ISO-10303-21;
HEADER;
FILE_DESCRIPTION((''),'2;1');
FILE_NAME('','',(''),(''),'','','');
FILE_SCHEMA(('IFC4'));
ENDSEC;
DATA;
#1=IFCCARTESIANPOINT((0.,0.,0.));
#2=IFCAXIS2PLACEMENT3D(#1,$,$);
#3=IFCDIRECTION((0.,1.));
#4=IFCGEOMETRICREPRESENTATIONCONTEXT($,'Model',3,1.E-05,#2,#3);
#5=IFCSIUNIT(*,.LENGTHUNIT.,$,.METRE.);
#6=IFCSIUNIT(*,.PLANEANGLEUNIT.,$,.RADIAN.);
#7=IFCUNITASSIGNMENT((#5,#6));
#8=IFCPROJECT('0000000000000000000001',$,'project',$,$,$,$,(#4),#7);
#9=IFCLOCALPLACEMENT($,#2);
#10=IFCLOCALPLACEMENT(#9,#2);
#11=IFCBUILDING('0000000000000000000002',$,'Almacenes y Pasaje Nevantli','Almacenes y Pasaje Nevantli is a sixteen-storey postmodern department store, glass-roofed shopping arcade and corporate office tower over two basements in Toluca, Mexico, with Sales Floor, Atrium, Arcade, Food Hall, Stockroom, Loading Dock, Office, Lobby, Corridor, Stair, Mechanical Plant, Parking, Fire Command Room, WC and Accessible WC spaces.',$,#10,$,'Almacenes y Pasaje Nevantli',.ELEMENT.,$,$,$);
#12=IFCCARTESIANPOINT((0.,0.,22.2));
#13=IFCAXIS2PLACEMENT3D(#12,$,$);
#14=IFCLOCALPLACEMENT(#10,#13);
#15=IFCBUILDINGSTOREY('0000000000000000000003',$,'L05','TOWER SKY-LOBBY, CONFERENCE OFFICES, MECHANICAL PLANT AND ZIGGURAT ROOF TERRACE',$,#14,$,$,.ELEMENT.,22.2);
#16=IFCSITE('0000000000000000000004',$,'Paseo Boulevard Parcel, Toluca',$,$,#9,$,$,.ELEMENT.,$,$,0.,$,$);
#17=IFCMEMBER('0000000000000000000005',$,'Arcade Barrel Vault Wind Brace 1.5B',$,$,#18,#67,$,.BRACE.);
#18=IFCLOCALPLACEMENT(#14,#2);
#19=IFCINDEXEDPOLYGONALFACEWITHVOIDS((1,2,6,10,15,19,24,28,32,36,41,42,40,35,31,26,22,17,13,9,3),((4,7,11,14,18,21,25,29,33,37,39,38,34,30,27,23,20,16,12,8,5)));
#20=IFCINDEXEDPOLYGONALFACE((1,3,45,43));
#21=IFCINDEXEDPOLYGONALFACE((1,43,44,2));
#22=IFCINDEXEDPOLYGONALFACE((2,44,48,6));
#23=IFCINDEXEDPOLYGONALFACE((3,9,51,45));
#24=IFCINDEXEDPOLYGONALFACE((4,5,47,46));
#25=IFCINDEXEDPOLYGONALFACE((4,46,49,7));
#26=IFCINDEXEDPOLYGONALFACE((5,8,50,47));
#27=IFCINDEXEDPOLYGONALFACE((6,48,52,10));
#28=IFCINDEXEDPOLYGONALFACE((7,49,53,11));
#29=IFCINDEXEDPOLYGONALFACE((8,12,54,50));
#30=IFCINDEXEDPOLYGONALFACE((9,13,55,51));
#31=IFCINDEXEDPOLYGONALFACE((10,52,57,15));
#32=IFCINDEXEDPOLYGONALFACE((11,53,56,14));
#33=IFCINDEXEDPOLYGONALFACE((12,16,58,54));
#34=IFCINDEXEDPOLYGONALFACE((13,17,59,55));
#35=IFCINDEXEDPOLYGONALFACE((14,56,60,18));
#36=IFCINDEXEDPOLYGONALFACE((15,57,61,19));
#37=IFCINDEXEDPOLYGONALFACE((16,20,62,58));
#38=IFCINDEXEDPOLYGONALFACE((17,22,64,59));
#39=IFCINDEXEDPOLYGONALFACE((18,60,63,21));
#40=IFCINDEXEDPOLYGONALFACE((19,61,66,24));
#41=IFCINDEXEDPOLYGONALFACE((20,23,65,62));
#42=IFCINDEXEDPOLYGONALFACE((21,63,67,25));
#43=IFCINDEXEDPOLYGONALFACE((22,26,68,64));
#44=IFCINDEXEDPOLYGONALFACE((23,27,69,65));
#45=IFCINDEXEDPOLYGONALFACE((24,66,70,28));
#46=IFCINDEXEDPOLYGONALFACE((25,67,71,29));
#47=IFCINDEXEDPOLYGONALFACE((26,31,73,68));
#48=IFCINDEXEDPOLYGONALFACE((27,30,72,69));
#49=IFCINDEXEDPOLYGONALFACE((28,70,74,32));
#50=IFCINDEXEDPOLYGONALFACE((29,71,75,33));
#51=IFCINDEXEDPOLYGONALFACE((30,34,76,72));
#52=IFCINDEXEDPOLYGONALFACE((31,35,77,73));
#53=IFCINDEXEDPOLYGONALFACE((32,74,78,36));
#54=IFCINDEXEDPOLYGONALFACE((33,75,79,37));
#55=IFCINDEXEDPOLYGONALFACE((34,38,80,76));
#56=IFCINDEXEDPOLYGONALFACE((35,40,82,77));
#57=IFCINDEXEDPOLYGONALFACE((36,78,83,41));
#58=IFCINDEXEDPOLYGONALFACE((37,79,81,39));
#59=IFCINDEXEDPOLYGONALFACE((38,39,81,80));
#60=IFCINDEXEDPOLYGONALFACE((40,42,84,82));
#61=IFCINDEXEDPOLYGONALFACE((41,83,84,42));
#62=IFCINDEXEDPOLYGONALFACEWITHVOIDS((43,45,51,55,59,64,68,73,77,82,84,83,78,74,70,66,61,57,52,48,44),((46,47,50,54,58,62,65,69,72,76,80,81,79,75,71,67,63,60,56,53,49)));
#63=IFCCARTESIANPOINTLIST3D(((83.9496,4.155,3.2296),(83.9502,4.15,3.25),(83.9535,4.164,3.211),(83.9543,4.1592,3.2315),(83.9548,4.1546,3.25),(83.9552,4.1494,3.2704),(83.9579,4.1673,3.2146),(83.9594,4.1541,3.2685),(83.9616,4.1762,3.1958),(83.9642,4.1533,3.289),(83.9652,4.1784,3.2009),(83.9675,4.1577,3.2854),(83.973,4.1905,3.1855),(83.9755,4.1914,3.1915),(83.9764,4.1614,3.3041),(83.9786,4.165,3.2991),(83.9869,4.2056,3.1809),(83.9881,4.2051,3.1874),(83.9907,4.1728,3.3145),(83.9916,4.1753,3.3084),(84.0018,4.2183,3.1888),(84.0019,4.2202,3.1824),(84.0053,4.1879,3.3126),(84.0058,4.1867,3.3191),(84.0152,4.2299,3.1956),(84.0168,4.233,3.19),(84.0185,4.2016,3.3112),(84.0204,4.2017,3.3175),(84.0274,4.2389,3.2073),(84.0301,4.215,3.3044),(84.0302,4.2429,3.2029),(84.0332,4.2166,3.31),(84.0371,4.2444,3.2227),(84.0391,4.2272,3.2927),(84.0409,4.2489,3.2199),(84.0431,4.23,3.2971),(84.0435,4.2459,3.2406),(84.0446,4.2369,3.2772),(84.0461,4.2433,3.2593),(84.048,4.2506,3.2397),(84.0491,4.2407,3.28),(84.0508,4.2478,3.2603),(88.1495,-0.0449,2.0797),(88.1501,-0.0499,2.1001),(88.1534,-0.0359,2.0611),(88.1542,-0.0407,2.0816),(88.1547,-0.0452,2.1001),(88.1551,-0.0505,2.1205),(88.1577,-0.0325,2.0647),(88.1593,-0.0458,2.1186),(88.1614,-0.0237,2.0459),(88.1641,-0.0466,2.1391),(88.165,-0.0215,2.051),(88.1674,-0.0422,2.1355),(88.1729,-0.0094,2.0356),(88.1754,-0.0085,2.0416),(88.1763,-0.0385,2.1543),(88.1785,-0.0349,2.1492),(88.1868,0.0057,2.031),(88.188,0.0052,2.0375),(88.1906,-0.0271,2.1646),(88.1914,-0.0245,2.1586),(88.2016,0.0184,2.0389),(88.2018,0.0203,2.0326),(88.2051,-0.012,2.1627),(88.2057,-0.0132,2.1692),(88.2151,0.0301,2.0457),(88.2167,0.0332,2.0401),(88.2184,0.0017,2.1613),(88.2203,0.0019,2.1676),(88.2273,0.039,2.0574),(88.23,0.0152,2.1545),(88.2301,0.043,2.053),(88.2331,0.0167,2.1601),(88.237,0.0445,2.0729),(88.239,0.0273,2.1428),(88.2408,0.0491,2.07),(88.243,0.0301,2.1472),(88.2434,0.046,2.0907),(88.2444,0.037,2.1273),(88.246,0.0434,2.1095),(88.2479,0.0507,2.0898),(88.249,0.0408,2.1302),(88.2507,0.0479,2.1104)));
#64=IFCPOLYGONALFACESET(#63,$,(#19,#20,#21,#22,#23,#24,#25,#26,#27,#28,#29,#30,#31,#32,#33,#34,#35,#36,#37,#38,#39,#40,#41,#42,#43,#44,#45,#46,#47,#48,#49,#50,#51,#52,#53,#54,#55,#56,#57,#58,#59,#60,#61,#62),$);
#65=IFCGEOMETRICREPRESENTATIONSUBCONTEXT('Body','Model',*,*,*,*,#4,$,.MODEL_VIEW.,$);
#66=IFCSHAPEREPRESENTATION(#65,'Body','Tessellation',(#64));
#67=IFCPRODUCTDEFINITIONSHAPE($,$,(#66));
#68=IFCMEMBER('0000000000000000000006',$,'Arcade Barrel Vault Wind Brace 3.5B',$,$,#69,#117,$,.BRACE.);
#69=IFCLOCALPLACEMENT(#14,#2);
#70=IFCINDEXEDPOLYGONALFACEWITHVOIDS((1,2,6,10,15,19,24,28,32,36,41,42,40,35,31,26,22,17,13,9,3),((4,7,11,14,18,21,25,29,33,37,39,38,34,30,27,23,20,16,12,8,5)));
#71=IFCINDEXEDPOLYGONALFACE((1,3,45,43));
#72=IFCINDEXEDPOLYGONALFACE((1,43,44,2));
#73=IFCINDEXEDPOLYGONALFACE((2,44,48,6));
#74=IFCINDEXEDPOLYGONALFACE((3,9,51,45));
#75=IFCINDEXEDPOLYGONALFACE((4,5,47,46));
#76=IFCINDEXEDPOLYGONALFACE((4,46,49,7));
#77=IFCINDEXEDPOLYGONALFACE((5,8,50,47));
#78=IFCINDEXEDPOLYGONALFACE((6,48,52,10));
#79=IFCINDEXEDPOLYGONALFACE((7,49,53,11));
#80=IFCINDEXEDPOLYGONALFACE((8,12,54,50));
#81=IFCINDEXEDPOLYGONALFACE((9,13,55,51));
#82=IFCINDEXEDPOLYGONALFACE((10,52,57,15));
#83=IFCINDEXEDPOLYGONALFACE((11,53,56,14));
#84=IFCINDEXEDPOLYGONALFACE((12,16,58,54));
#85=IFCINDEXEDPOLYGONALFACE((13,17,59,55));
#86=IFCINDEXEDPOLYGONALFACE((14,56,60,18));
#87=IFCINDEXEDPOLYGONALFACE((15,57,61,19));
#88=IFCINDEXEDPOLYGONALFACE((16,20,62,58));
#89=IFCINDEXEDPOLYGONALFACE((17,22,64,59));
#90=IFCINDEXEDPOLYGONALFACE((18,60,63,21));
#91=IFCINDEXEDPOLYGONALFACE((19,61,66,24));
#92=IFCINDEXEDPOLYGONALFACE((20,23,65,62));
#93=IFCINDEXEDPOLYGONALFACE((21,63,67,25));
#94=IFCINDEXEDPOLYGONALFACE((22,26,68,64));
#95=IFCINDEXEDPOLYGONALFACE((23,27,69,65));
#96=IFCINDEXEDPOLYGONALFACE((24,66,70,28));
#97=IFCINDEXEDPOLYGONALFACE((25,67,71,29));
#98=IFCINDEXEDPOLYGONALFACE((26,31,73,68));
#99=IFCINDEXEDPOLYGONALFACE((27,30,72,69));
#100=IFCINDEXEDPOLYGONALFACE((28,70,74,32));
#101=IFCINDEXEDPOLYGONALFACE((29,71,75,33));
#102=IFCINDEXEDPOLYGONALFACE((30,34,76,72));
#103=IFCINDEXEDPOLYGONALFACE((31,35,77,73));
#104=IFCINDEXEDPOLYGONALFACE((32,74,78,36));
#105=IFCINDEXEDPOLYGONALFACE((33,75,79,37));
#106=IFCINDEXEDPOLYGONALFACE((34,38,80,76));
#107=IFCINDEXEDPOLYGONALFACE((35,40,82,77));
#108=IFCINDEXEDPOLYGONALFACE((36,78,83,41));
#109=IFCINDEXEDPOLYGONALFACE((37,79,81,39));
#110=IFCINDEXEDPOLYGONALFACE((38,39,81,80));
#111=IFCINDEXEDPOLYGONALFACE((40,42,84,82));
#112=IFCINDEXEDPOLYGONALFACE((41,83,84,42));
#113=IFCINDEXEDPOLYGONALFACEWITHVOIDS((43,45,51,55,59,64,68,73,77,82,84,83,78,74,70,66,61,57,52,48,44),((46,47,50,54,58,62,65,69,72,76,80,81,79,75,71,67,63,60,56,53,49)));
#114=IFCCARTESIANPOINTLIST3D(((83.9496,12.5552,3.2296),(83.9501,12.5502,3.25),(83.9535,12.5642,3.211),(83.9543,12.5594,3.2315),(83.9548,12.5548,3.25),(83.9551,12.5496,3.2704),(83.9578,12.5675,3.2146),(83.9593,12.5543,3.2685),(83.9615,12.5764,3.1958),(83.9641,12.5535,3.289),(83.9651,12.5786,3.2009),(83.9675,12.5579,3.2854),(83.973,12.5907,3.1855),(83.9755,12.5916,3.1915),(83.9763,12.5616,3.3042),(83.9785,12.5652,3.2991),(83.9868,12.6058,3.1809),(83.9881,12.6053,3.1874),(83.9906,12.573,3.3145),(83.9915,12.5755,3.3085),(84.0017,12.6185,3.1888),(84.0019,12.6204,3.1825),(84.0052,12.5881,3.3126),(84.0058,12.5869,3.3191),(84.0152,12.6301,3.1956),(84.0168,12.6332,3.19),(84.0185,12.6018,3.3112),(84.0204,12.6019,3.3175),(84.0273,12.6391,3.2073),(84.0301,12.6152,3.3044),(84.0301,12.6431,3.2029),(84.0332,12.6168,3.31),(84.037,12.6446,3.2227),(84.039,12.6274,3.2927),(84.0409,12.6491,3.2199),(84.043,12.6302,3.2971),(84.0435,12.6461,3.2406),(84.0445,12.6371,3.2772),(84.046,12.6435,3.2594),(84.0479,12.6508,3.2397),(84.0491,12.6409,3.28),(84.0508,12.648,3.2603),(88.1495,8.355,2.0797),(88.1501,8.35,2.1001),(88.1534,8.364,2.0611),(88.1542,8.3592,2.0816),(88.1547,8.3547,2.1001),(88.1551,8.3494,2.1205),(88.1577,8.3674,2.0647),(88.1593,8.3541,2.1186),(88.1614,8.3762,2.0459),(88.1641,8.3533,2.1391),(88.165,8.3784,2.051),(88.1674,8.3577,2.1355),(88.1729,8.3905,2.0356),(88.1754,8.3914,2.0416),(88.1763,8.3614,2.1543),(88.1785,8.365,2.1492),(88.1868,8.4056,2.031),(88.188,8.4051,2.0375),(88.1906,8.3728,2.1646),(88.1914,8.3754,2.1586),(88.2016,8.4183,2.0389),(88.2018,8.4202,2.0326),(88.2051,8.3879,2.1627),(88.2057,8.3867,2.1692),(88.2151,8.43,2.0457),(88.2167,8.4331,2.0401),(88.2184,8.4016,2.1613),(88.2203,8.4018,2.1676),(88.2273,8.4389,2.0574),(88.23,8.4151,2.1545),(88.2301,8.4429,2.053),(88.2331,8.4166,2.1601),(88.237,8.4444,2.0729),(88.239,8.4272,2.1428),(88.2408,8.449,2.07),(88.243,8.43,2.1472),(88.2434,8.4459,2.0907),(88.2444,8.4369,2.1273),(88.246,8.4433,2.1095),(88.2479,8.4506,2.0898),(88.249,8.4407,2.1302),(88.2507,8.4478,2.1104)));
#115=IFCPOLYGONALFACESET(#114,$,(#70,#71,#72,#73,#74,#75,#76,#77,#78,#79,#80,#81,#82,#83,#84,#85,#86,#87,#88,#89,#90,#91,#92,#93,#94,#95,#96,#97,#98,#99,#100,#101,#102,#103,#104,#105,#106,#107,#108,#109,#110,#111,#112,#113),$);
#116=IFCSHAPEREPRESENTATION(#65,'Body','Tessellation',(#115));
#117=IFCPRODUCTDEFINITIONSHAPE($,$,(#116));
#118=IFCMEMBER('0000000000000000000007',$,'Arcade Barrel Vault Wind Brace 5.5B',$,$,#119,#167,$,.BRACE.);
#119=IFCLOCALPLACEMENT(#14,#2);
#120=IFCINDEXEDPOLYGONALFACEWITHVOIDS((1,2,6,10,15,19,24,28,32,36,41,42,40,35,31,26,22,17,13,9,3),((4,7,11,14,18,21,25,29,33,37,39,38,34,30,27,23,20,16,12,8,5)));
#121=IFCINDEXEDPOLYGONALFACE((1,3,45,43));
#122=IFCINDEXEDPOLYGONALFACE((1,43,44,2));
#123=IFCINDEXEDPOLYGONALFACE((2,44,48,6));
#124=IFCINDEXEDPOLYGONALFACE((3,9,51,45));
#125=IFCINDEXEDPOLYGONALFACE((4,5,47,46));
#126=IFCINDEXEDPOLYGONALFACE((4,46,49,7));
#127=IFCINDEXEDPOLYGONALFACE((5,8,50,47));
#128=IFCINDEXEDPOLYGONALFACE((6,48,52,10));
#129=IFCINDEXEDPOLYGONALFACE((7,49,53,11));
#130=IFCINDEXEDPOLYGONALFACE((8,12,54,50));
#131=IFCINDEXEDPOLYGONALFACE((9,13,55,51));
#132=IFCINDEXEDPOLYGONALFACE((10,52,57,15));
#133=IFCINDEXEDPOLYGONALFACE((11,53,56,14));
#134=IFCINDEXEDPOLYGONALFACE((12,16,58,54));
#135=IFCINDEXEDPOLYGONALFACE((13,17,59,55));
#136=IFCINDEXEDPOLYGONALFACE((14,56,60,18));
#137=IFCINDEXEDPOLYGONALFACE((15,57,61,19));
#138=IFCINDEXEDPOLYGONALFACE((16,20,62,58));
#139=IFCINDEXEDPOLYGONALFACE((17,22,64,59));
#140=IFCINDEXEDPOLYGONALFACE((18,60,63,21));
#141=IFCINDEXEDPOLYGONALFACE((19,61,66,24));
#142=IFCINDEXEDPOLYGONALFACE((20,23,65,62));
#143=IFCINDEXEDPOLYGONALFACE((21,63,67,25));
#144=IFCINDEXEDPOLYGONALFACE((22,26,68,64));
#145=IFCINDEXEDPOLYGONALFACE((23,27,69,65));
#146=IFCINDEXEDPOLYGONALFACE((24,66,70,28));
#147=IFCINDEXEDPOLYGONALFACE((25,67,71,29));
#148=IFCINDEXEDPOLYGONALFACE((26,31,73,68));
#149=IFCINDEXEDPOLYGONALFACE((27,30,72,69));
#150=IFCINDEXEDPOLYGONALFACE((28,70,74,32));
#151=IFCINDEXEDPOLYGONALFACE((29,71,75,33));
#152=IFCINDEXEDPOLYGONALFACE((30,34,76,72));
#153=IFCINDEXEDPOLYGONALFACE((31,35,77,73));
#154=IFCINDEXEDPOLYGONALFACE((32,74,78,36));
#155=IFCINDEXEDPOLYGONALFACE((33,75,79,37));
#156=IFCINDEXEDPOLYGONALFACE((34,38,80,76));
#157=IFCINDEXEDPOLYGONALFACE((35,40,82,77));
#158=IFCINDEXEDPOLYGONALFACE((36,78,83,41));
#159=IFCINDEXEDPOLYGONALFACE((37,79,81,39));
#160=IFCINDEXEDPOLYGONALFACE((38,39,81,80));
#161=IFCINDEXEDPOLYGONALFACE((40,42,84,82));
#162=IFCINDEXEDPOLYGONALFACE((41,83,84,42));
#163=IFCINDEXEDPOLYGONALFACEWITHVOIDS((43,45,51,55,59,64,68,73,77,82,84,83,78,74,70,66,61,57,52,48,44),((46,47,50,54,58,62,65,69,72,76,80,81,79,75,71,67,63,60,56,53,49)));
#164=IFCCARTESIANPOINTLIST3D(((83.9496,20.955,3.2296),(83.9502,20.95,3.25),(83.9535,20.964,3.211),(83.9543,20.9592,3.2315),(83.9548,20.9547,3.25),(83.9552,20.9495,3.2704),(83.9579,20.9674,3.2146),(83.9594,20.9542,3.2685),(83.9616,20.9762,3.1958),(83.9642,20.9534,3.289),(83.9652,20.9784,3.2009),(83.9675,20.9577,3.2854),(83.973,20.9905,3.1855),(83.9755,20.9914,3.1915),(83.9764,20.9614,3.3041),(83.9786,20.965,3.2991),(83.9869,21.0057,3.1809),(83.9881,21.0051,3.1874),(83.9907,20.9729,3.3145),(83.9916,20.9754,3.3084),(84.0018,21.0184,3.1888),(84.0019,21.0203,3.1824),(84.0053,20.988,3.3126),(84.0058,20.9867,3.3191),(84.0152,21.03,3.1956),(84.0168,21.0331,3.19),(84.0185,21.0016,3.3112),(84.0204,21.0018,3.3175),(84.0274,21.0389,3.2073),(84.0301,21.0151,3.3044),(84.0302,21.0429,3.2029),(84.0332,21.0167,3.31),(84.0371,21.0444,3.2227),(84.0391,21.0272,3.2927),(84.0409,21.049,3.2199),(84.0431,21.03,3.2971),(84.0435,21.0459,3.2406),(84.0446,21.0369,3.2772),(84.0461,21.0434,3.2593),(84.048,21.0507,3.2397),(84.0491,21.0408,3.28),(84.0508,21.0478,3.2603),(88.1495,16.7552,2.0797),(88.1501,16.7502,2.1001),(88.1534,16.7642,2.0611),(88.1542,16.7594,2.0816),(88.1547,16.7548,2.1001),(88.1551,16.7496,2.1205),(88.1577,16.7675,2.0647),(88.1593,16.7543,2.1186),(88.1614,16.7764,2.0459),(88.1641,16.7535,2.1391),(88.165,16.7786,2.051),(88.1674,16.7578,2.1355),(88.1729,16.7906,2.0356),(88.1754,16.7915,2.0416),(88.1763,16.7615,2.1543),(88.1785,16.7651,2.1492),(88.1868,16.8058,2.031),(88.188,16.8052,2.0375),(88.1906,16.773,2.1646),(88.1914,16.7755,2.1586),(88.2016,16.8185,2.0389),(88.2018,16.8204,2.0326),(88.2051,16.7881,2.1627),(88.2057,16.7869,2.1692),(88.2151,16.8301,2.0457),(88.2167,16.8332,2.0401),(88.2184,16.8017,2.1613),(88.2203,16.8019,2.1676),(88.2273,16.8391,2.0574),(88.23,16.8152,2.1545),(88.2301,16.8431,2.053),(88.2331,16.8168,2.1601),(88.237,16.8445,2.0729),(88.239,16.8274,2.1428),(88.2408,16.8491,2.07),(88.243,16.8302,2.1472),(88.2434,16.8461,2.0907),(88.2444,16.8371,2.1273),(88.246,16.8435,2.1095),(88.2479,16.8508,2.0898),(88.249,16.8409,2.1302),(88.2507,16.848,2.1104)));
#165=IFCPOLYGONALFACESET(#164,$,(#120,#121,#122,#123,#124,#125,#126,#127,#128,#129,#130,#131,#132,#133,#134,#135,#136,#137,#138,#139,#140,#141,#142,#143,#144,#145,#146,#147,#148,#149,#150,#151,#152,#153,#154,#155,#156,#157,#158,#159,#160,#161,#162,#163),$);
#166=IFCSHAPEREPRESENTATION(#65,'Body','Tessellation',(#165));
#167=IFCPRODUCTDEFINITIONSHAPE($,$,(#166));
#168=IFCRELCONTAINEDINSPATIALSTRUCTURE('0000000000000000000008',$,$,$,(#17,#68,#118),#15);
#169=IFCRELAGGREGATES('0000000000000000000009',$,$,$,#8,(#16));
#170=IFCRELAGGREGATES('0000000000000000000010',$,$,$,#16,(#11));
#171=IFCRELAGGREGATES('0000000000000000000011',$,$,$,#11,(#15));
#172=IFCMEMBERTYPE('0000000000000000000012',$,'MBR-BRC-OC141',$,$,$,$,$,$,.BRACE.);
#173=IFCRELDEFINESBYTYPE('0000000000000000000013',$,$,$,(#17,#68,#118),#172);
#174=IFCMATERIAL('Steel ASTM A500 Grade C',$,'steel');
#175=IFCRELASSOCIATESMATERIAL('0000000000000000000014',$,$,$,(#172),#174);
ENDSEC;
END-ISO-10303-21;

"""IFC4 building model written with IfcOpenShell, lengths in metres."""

from ifc_helpers import new_model, si_unit, direction, frame, origin, origin_2d, place, context, subcontext, project, spatial, hollow_circle, extrude, material, material_profile, profile_set, type_object, element, save


model = new_model("IFC4")

# Units and contexts
model_context = context("Model", 3, precision=1e-05, world=origin(), true_north=direction((0.0, 1.0)))
body_context = subcontext(model_context, "Body", "Model", "MODEL_VIEW")
ifc_project = project(units=[si_unit("LENGTHUNIT", "METRE"), si_unit("PLANEANGLEUNIT", "RADIAN")], contexts=[model_context])

# Site, building, storey
site_placement = place(None, origin())
site = spatial("IfcSite", under=ifc_project, at=site_placement, Name="Paseo Boulevard Parcel, Toluca", CompositionType="ELEMENT", RefElevation=0.0)
building_placement = place(site_placement, origin())
building = spatial("IfcBuilding", under=site, at=building_placement, Name="Almacenes y Pasaje Nevantli", Description="Almacenes y Pasaje Nevantli is a sixteen-storey postmodern department store, glass-roofed shopping arcade and corporate office tower over two basements in Toluca, Mexico, with Sales Floor, Atrium, Arcade, Food Hall, Stockroom, Loading Dock, Office, Lobby, Corridor, Stair, Mechanical Plant, Parking, Fire Command Room, WC and Accessible WC spaces.", LongName="Almacenes y Pasaje Nevantli", CompositionType="ELEMENT")
storey_placement = place(building_placement, frame((0.0, 0.0, 22.2)))
storey = spatial("IfcBuildingStorey", under=building, at=storey_placement, Name="L05", Description="TOWER SKY-LOBBY, CONFERENCE OFFICES, MECHANICAL PLANT AND ZIGGURAT ROOF TERRACE", CompositionType="ELEMENT", Elevation=22.2)

# Members
ifc_material_1 = material(Name="Steel ASTM A500 Grade C", Category="steel")
ifc_material_profile_1 = material_profile(ifc_material_1, hollow_circle(Radius=0.0706, WallThickness=0.0066, at=origin_2d()), Name="OC 141x6.6")
ifc_profile_set_1 = profile_set([ifc_material_profile_1], Name="Steel ASTM A500 Grade C")
member_type_1 = type_object("IfcMemberType", Name="MBR-BRC-OC141", PredefinedType="BRACE", material=ifc_profile_set_1)
member_1_placement = place(storey_placement, frame((88.2, 0.0, 2.1001), z_axis=(-0.694217, 0.694217, 0.190069), x_axis=(-0.707107, -0.707107, 0.0)))
element("IfcMember", 1, at=member_1_placement, inside=storey, type_object=member_type_1, Name="Arcade Barrel Vault Wind Brace 1.5B", PredefinedType="BRACE", context=body_context, shape_type="SweptSolid", body=[
    extrude(hollow_circle(Radius=0.0706, WallThickness=0.0066, at=origin_2d()), origin(), (0.0, 0.0, 1.0), 6.0498),
])
member_2_placement = place(storey_placement, frame((88.2, 8.3999, 2.1001), z_axis=(-0.694197, 0.694238, 0.190064), x_axis=(-0.707127, -0.707086, 0.0)))
element("IfcMember", 2, at=member_2_placement, inside=storey, type_object=member_type_1, Name="Arcade Barrel Vault Wind Brace 3.5B", PredefinedType="BRACE", context=body_context, shape_type="SweptSolid", body=[
    extrude(hollow_circle(Radius=0.0706, WallThickness=0.0066, at=origin_2d()), origin(), (0.0, 0.0, 1.0), 6.05),
])
member_3_placement = place(storey_placement, frame((88.2, 16.8, 2.1001), z_axis=(-0.694217, 0.694217, 0.190069), x_axis=(-0.707107, -0.707107, 0.0)))
element("IfcMember", 3, at=member_3_placement, inside=storey, type_object=member_type_1, Name="Arcade Barrel Vault Wind Brace 5.5B", PredefinedType="BRACE", context=body_context, shape_type="SweptSolid", body=[
    extrude(hollow_circle(Radius=0.0706, WallThickness=0.0066, at=origin_2d()), origin(), (0.0, 0.0, 1.0), 6.0498),
])

save(model, "model.ifc")
